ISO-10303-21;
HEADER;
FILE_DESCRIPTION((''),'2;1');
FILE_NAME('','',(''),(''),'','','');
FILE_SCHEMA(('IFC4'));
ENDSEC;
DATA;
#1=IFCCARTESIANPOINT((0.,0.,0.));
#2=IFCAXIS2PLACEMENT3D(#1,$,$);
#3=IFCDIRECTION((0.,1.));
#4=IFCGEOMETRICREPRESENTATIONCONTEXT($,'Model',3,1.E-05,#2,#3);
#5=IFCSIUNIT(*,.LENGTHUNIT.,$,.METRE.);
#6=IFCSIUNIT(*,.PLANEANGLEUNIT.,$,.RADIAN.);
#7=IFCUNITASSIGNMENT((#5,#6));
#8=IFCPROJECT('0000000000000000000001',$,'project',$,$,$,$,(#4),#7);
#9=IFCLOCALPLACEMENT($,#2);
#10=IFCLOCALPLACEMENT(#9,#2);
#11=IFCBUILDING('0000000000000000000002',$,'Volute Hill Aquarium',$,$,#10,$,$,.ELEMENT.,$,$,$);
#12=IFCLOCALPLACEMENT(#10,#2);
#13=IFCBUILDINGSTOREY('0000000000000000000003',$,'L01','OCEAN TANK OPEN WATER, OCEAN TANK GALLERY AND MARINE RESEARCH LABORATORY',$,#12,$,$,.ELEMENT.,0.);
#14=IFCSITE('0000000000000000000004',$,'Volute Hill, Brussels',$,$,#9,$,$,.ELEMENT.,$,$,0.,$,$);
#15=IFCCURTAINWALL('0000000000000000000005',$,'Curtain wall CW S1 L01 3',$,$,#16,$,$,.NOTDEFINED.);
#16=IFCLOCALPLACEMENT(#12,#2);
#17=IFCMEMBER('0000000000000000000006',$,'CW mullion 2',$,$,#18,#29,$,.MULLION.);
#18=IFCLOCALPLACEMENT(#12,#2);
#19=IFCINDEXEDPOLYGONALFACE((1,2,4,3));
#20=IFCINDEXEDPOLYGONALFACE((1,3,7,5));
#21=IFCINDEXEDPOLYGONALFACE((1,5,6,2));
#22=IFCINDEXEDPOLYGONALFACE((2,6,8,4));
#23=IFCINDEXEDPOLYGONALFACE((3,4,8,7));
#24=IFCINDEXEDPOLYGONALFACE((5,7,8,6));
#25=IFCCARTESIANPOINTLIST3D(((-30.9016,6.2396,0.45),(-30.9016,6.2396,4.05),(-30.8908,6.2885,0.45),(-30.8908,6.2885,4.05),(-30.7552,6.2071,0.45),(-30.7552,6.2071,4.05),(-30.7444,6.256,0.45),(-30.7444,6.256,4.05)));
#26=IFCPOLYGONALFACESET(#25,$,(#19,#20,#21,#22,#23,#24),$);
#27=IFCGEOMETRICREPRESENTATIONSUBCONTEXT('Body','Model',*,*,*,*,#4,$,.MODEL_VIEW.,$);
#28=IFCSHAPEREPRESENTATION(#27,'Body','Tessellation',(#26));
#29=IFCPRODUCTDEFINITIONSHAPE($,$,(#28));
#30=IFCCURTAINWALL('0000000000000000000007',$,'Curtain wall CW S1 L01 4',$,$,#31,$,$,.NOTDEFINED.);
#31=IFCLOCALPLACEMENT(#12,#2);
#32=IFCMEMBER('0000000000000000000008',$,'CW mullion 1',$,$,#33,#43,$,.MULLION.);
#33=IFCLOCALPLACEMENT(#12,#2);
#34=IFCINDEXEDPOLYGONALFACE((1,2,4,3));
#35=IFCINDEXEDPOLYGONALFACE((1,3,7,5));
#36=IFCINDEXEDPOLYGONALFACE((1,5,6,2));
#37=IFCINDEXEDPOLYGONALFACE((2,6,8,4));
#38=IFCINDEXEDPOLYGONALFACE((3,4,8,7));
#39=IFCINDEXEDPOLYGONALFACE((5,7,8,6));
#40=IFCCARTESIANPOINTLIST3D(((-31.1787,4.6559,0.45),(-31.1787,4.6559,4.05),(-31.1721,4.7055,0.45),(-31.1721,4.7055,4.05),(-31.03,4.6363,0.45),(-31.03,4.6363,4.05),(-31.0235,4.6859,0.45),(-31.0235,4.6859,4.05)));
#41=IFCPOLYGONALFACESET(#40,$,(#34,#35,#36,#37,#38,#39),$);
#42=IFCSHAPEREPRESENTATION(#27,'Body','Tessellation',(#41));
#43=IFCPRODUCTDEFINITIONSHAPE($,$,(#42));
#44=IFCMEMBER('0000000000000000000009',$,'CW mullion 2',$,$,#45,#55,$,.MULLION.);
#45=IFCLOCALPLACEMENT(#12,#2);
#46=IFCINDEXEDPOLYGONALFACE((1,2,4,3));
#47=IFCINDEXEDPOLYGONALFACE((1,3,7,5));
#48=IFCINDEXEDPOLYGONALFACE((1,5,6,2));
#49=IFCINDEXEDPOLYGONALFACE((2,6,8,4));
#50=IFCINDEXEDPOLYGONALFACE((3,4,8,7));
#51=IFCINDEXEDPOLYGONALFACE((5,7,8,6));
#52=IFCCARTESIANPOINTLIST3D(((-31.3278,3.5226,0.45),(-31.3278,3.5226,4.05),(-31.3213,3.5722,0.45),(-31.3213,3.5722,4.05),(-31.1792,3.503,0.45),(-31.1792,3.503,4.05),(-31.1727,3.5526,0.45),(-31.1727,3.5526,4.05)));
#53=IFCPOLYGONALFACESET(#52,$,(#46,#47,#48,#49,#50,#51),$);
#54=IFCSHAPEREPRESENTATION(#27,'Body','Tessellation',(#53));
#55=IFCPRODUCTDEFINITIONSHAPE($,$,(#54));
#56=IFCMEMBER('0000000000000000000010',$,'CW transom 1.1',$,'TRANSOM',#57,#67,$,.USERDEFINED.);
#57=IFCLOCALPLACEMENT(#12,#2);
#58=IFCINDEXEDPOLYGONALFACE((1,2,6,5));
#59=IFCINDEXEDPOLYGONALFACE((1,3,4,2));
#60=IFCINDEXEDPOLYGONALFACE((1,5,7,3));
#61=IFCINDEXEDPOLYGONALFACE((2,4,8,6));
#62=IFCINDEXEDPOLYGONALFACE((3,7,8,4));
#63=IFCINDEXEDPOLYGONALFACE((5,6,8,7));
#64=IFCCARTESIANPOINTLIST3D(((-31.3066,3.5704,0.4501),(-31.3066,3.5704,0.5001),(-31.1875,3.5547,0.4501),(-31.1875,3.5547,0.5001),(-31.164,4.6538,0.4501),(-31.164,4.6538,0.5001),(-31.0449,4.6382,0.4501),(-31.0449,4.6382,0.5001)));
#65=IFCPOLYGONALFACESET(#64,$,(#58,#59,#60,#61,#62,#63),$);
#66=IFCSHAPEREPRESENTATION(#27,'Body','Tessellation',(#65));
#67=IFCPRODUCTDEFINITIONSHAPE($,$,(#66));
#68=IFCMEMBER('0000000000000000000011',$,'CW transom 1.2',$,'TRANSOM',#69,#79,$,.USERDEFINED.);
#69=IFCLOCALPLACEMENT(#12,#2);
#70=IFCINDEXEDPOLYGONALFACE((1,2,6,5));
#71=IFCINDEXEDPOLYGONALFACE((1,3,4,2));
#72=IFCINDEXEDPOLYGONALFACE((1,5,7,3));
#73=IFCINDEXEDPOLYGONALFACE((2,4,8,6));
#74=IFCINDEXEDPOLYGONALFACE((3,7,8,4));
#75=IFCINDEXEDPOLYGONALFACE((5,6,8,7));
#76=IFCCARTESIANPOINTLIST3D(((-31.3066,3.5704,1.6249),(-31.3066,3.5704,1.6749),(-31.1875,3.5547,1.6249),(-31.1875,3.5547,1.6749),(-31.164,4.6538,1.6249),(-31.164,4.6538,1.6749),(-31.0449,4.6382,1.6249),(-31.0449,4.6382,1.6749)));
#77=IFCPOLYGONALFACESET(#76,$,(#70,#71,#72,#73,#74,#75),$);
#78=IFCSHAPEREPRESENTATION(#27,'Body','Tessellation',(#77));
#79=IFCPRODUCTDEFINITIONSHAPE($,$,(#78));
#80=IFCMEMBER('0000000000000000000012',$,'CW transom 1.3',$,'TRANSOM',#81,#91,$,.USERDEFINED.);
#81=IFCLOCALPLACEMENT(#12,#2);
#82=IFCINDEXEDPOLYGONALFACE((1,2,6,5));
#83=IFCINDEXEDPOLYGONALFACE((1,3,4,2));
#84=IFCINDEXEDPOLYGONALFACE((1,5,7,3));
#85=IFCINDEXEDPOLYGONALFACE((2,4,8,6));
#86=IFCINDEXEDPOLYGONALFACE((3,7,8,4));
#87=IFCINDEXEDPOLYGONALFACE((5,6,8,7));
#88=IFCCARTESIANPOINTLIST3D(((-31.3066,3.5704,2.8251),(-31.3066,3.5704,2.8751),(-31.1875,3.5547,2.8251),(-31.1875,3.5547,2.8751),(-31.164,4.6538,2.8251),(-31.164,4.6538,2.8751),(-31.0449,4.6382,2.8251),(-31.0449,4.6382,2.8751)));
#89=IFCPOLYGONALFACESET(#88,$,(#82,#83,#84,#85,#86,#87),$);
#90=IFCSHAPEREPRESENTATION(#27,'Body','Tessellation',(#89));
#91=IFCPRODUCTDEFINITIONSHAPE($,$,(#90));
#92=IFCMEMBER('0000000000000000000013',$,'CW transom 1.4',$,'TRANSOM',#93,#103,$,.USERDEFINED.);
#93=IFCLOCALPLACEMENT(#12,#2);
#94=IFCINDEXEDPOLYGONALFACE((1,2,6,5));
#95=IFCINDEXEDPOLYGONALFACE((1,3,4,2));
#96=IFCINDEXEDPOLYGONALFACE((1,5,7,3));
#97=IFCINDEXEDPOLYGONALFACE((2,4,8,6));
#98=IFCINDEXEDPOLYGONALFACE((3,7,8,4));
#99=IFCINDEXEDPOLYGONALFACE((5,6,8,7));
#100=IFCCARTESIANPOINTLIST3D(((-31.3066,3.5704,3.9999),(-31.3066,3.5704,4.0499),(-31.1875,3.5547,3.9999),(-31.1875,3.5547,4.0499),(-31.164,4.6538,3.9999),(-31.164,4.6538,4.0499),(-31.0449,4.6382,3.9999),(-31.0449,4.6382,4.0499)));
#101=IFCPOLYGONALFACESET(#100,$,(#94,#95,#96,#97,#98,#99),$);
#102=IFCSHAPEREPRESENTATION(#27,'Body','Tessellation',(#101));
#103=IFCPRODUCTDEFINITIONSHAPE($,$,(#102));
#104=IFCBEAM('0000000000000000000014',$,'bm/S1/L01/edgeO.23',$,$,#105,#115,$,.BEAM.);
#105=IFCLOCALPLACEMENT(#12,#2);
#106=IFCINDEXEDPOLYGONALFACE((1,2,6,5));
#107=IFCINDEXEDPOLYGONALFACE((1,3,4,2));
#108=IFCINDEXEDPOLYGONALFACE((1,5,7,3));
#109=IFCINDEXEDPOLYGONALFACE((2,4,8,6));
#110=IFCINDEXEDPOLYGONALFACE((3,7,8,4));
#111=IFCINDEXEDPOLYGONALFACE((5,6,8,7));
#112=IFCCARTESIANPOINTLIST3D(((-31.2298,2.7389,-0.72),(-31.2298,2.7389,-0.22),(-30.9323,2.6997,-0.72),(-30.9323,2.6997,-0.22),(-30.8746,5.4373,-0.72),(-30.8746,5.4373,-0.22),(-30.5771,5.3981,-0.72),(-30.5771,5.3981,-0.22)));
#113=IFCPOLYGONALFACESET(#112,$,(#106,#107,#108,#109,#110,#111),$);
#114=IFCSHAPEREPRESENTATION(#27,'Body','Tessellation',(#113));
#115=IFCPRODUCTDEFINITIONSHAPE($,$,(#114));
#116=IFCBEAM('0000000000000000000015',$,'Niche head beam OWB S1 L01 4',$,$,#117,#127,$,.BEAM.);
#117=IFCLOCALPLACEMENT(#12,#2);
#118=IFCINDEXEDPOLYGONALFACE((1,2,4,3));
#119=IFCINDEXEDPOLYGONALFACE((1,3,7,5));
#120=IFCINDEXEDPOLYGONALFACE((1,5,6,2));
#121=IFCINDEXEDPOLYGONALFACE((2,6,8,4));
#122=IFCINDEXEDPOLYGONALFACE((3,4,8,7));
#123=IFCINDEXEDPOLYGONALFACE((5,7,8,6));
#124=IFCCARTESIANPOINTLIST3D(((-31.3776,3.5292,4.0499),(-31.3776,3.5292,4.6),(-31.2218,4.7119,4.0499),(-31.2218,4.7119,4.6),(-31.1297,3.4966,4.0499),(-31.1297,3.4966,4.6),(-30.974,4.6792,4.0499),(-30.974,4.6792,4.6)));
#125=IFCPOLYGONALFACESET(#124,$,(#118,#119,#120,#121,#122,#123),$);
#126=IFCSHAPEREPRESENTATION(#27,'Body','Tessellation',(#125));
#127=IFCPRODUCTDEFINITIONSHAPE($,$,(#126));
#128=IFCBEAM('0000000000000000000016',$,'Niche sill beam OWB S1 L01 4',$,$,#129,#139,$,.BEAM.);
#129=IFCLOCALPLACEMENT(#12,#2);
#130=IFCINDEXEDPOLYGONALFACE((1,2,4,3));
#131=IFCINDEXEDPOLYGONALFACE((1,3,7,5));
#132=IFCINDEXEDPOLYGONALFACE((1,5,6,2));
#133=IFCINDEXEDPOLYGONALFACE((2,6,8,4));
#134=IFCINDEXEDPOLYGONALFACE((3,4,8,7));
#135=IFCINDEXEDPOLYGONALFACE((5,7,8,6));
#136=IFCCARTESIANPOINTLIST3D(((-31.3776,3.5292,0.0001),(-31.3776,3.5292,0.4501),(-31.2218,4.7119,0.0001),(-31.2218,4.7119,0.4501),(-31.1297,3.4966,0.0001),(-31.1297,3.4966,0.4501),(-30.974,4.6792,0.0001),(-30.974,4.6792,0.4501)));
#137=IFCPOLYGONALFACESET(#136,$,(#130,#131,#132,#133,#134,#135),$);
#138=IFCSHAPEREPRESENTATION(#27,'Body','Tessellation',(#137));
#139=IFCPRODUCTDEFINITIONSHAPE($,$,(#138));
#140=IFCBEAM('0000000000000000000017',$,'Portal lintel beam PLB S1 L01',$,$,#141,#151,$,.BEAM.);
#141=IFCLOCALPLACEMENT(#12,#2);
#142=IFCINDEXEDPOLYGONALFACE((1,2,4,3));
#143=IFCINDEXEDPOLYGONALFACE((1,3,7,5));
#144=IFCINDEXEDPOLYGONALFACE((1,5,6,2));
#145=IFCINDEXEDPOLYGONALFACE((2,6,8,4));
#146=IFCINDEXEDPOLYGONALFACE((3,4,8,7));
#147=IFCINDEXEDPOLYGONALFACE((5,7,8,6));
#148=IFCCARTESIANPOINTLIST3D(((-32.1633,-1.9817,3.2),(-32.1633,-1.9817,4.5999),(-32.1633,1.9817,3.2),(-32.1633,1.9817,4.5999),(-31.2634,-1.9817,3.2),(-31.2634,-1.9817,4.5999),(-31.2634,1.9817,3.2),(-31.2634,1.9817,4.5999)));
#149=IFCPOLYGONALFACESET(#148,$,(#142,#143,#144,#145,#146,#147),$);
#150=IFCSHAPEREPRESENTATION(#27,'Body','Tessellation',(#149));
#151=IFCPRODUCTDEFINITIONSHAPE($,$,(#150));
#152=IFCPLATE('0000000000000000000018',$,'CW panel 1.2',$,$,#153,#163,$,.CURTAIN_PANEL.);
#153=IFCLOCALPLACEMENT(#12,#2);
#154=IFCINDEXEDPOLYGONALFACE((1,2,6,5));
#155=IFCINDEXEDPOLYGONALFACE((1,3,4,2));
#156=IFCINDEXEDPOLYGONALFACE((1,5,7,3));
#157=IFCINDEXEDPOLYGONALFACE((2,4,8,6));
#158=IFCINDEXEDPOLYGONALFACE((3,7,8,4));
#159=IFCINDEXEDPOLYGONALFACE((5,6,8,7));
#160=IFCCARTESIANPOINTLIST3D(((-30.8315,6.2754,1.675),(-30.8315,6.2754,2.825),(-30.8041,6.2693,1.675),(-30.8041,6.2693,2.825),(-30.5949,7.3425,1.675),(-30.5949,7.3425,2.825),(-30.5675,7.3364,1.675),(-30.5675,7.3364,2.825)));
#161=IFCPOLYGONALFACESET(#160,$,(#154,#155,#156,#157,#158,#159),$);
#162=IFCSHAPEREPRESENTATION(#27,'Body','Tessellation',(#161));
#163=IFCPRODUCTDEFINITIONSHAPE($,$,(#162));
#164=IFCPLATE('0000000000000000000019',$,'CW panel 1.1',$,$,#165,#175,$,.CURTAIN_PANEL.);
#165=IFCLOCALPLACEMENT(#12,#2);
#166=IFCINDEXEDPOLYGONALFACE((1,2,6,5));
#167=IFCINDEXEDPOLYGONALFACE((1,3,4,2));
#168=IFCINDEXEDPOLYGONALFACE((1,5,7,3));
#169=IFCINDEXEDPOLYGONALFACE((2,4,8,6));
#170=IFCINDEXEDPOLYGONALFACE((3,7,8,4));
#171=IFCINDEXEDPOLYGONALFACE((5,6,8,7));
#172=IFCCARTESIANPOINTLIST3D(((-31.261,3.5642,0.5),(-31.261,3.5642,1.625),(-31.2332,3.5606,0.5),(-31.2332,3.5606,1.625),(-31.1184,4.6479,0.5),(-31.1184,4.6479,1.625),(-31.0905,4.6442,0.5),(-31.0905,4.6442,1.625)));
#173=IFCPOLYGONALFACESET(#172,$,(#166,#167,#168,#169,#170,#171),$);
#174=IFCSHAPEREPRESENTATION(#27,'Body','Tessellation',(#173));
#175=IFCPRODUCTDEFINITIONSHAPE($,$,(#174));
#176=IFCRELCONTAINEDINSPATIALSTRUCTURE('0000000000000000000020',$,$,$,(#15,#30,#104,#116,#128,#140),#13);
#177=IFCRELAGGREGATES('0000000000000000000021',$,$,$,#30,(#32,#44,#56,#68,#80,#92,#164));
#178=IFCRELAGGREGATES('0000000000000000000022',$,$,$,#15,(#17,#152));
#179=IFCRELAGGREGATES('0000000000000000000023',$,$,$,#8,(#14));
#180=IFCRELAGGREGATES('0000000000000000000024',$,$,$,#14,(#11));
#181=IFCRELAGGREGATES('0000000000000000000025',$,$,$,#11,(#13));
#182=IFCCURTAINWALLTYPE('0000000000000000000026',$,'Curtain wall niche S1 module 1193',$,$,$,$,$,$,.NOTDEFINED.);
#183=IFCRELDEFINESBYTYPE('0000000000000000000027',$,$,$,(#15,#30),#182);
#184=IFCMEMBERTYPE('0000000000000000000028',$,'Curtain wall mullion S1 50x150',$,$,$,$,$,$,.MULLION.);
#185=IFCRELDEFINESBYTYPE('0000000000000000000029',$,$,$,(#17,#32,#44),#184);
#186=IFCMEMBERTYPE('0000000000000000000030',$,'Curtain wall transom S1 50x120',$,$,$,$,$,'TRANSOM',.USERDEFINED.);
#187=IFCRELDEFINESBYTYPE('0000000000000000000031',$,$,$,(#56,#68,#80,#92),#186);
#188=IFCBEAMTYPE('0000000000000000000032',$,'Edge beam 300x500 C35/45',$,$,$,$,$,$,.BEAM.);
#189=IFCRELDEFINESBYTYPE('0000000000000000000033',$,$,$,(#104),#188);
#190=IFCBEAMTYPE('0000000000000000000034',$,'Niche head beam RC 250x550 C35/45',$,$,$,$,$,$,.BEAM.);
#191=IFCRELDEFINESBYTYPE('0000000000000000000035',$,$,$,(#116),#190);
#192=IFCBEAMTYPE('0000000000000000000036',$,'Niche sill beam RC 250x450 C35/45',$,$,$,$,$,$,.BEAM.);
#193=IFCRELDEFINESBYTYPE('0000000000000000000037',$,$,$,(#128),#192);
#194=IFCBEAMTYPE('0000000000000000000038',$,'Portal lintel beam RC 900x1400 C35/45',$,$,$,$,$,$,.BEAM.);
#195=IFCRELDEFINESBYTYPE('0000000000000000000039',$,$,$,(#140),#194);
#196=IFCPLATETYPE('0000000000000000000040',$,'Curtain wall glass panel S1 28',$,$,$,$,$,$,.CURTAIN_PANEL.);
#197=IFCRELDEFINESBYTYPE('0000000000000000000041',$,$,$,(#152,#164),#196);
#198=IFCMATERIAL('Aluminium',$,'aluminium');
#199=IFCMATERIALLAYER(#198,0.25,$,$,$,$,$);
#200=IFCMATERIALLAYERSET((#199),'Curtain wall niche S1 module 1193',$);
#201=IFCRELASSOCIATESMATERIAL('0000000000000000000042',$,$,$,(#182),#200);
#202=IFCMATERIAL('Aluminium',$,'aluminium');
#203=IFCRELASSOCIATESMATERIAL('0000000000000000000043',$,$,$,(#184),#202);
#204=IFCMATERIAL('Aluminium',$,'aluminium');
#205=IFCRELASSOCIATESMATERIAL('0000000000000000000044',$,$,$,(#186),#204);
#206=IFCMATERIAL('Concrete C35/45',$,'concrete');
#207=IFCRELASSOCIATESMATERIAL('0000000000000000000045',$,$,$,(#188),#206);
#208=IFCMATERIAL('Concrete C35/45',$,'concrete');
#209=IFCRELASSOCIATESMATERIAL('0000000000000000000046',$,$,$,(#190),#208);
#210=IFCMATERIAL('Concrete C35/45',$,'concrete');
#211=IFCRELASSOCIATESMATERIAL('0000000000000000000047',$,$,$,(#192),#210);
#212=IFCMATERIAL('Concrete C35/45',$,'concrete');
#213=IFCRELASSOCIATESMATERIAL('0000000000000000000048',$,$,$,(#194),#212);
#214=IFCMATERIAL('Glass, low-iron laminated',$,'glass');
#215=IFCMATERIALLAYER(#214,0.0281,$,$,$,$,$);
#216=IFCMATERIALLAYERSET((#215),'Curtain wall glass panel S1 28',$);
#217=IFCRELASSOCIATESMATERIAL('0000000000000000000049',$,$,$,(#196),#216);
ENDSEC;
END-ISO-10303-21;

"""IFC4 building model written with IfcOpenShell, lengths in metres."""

from ifc_helpers import new_model, si_unit, direction, frame, origin, origin_2d, place, context, subcontext, project, spatial, rectangle, extrude, material, layer, layer_set, material_profile, profile_set, type_object, element, aggregate, save


model = new_model("IFC4")

# Units and contexts
model_context = context("Model", 3, precision=1e-05, world=origin(), true_north=direction((0.0, 1.0)))
body_context = subcontext(model_context, "Body", "Model", "MODEL_VIEW")
ifc_project = project(units=[si_unit("LENGTHUNIT", "METRE"), si_unit("PLANEANGLEUNIT", "RADIAN")], contexts=[model_context])

# Site, building, storey
site_placement = place(None, origin())
site = spatial("IfcSite", under=ifc_project, at=site_placement, Name="Volute Hill, Brussels", CompositionType="ELEMENT", RefElevation=0.0)
building_placement = place(site_placement, origin())
building = spatial("IfcBuilding", under=site, at=building_placement, Name="Volute Hill Aquarium", CompositionType="ELEMENT")
storey_placement = place(building_placement, origin())
storey = spatial("IfcBuildingStorey", under=building, at=storey_placement, Name="L01", Description="OCEAN TANK OPEN WATER, OCEAN TANK GALLERY AND MARINE RESEARCH LABORATORY", CompositionType="ELEMENT", Elevation=0.0)

# Curtain wall, member
ifc_material_1 = material(Name="Aluminium", Category="aluminium")
ifc_layer_1 = layer(ifc_material_1, 0.25)
ifc_layer_set_1 = layer_set([ifc_layer_1], Name="Curtain wall niche S1 module 1193")
curtain_wall_type = type_object("IfcCurtainWallType", Name="Curtain wall niche S1 module 1193", PredefinedType="NOTDEFINED", material=ifc_layer_set_1)
curtain_wall_1_placement = place(storey_placement, origin())
curtain_wall_1 = element("IfcCurtainWall", 1, at=curtain_wall_1_placement, inside=storey, type_object=curtain_wall_type, Name="Curtain wall CW S1 L01 3", PredefinedType="NOTDEFINED")
ifc_material_2 = material(Name="Aluminium", Category="aluminium")
ifc_material_profile_1 = material_profile(ifc_material_2, rectangle(XDim=0.1499, YDim=0.05, at=origin_2d()), Name="Curtain wall mullion S1 50x150")
ifc_profile_set_1 = profile_set([ifc_material_profile_1], Name="Aluminium")
member_type_1 = type_object("IfcMemberType", Name="Curtain wall mullion S1 50x150", PredefinedType="MULLION", material=ifc_profile_set_1)
member_1_placement = place(storey_placement, frame((-30.823, 6.2478, 0.45), z_axis=(0.0, 0.0, 1.0), x_axis=(0.976292, -0.216458, 0.0)))
member_1 = element("IfcMember", 2, at=member_1_placement, type_object=member_type_1, Name="CW mullion 2", PredefinedType="MULLION", context=body_context, shape_type="SweptSolid", body=[
    extrude(rectangle(XDim=0.1499, YDim=0.05, at=origin_2d()), origin(), (0.0, 0.0, 1.0), 3.6001),
])

# Curtain wall, members
curtain_wall_2_placement = place(storey_placement, origin())
curtain_wall_2 = element("IfcCurtainWall", 3, at=curtain_wall_2_placement, inside=storey, type_object=curtain_wall_type, Name="Curtain wall CW S1 L01 4", PredefinedType="NOTDEFINED")
member_2_placement = place(storey_placement, frame((-31.1011, 4.6709, 0.45), z_axis=(0.0, 0.0, 1.0), x_axis=(0.991444, -0.130532, 0.0)))
member_2 = element("IfcMember", 4, at=member_2_placement, type_object=member_type_1, Name="CW mullion 1", PredefinedType="MULLION", context=body_context, shape_type="SweptSolid", body=[
    extrude(rectangle(XDim=0.1499, YDim=0.05, at=origin_2d()), origin(), (0.0, 0.0, 1.0), 3.6001),
])
member_3_placement = place(storey_placement, frame((-31.2502, 3.5376, 0.45), z_axis=(0.0, 0.0, 1.0), x_axis=(0.991444, -0.130532, 0.0)))
member_3 = element("IfcMember", 5, at=member_3_placement, type_object=member_type_1, Name="CW mullion 2", PredefinedType="MULLION", context=body_context, shape_type="SweptSolid", body=[
    extrude(rectangle(XDim=0.1499, YDim=0.05, at=origin_2d()), origin(), (0.0, 0.0, 1.0), 3.6001),
])
ifc_material_3 = material(Name="Aluminium", Category="aluminium")
ifc_material_profile_2 = material_profile(ifc_material_3, rectangle(XDim=0.1201, YDim=0.05, at=origin_2d()), Name="Curtain wall transom S1 50x120")
ifc_profile_set_2 = profile_set([ifc_material_profile_2], Name="Aluminium")
member_type_2 = type_object("IfcMemberType", Name="Curtain wall transom S1 50x120", ElementType="TRANSOM", PredefinedType="USERDEFINED", material=ifc_profile_set_2)
member_4_placement = place(storey_placement, frame((-31.1045, 4.646, 0.4751), z_axis=(-0.130466, -0.991453, 0.0), x_axis=(0.991453, -0.130466, 0.0)))
member_4 = element("IfcMember", 6, at=member_4_placement, type_object=member_type_2, Name="CW transom 1.1", ObjectType="TRANSOM", PredefinedType="USERDEFINED", context=body_context, shape_type="SweptSolid", body=[
    extrude(rectangle(XDim=0.1201, YDim=0.05, at=origin_2d()), origin(), (0.0, 0.0, 1.0), 1.0928),
])
member_5_placement = place(storey_placement, frame((-31.1045, 4.646, 1.6499), z_axis=(-0.130466, -0.991453, 0.0), x_axis=(0.991453, -0.130466, 0.0)))
member_5 = element("IfcMember", 7, at=member_5_placement, type_object=member_type_2, Name="CW transom 1.2", ObjectType="TRANSOM", PredefinedType="USERDEFINED", context=body_context, shape_type="SweptSolid", body=[
    extrude(rectangle(XDim=0.1201, YDim=0.05, at=origin_2d()), origin(), (0.0, 0.0, 1.0), 1.0928),
])
member_6_placement = place(storey_placement, frame((-31.1045, 4.646, 2.8501), z_axis=(-0.130466, -0.991453, 0.0), x_axis=(0.991453, -0.130466, 0.0)))
member_6 = element("IfcMember", 8, at=member_6_placement, type_object=member_type_2, Name="CW transom 1.3", ObjectType="TRANSOM", PredefinedType="USERDEFINED", context=body_context, shape_type="SweptSolid", body=[
    extrude(rectangle(XDim=0.1201, YDim=0.05, at=origin_2d()), origin(), (0.0, 0.0, 1.0), 1.0928),
])
member_7_placement = place(storey_placement, frame((-31.1045, 4.646, 4.0249), z_axis=(-0.130466, -0.991453, 0.0), x_axis=(0.991453, -0.130466, 0.0)))
member_7 = element("IfcMember", 9, at=member_7_placement, type_object=member_type_2, Name="CW transom 1.4", ObjectType="TRANSOM", PredefinedType="USERDEFINED", context=body_context, shape_type="SweptSolid", body=[
    extrude(rectangle(XDim=0.1201, YDim=0.05, at=origin_2d()), origin(), (0.0, 0.0, 1.0), 1.0928),
])

# Beams
ifc_material_4 = material(Name="Concrete C35/45", Category="concrete")
ifc_material_profile_3 = material_profile(ifc_material_4, rectangle(XDim=0.3, YDim=0.5, at=origin_2d()), Name="RC edge beam 300x500")
ifc_profile_set_3 = profile_set([ifc_material_profile_3], Name="Concrete C35/45")
beam_type_1 = type_object("IfcBeamType", Name="Edge beam 300x500 C35/45", PredefinedType="BEAM", material=ifc_profile_set_3)
beam_1_placement = place(storey_placement, frame((-30.7258, 5.4177, -0.47), z_axis=(-0.130513, -0.991447, 0.0), x_axis=(0.991447, -0.130513, 0.0)))
element("IfcBeam", 10, at=beam_1_placement, inside=storey, type_object=beam_type_1, Name="bm/S1/L01/edgeO.23", PredefinedType="BEAM", context=body_context, shape_type="SweptSolid", body=[
    extrude(rectangle(XDim=0.3, YDim=0.5, at=origin_2d()), origin(), (0.0, 0.0, 1.0), 2.7217),
])
ifc_material_5 = material(Name="Concrete C35/45", Category="concrete")
ifc_material_profile_4 = material_profile(ifc_material_5, rectangle(XDim=0.25, YDim=0.55, at=origin_2d()), Name="RC beam 250x550")
ifc_profile_set_4 = profile_set([ifc_material_profile_4], Name="Concrete C35/45")
beam_type_2 = type_object("IfcBeamType", Name="Niche head beam RC 250x550 C35/45", PredefinedType="BEAM", material=ifc_profile_set_4)
beam_2_placement = place(storey_placement, frame((-31.0979, 4.6956, 4.325), z_axis=(-0.130582, -0.991438, 0.0), x_axis=(0.991438, -0.130582, 0.0)))
element("IfcBeam", 11, at=beam_2_placement, inside=storey, type_object=beam_type_2, Name="Niche head beam OWB S1 L01 4", PredefinedType="BEAM", context=body_context, shape_type="SweptSolid", body=[
    extrude(rectangle(XDim=0.25, YDim=0.55, at=origin_2d()), origin(), (0.0, 0.0, 1.0), 1.1929),
])
ifc_material_6 = material(Name="Concrete C35/45", Category="concrete")
ifc_material_profile_5 = material_profile(ifc_material_6, rectangle(XDim=0.25, YDim=0.45, at=origin_2d()), Name="RC beam 250x450")
ifc_profile_set_5 = profile_set([ifc_material_profile_5], Name="Concrete C35/45")
beam_type_3 = type_object("IfcBeamType", Name="Niche sill beam RC 250x450 C35/45", PredefinedType="BEAM", material=ifc_profile_set_5)
beam_3_placement = place(storey_placement, frame((-31.0979, 4.6956, 0.2251), z_axis=(-0.130582, -0.991438, 0.0), x_axis=(0.991438, -0.130582, 0.0)))
element("IfcBeam", 12, at=beam_3_placement, inside=storey, type_object=beam_type_3, Name="Niche sill beam OWB S1 L01 4", PredefinedType="BEAM", context=body_context, shape_type="SweptSolid", body=[
    extrude(rectangle(XDim=0.25, YDim=0.45, at=origin_2d()), origin(), (0.0, 0.0, 1.0), 1.1929),
])
ifc_material_7 = material(Name="Concrete C35/45", Category="concrete")
ifc_material_profile_6 = material_profile(ifc_material_7, rectangle(XDim=0.8999, YDim=1.3999, at=origin_2d()), Name="RC beam 900x1400")
ifc_profile_set_6 = profile_set([ifc_material_profile_6], Name="Concrete C35/45")
beam_type_4 = type_object("IfcBeamType", Name="Portal lintel beam RC 900x1400 C35/45", PredefinedType="BEAM", material=ifc_profile_set_6)
beam_4_placement = place(storey_placement, frame((-31.7134, 1.9817, 3.8999), z_axis=(0.0, -1.0, 0.0), x_axis=(1.0, 0.0, 0.0)))
element("IfcBeam", 13, at=beam_4_placement, inside=storey, type_object=beam_type_4, Name="Portal lintel beam PLB S1 L01", PredefinedType="BEAM", context=body_context, shape_type="SweptSolid", body=[
    extrude(rectangle(XDim=0.8999, YDim=1.3999, at=origin_2d()), origin(), (0.0, 0.0, 1.0), 3.9634),
])

# Plates
ifc_material_8 = material(Name="Glass, low-iron laminated", Category="glass")
ifc_layer_2 = layer(ifc_material_8, 0.0281)
ifc_layer_set_2 = layer_set([ifc_layer_2], Name="Curtain wall glass panel S1 28")
plate_type_1 = type_object("IfcPlateType", Name="Curtain wall glass panel S1 28", PredefinedType="CURTAIN_PANEL", material=ifc_layer_set_2)
plate_1_placement = place(storey_placement, frame((-30.6995, 6.8059, 1.675), z_axis=(0.0, 0.0, 1.0), x_axis=(-0.216458, -0.976292, 0.0)))
plate_1 = element("IfcPlate", 14, at=plate_1_placement, type_object=plate_type_1, Name="CW panel 1.2", PredefinedType="CURTAIN_PANEL", context=body_context, shape_type="SweptSolid", body=[
    extrude(rectangle(XDim=1.093, YDim=0.0281, at=origin_2d()), origin(), (0.0, 0.0, 1.0), 1.1499),
])
plate_2_placement = place(storey_placement, frame((-31.1758, 4.1042, 0.5), z_axis=(0.0, 0.0, 1.0), x_axis=(-0.130532, -0.991444, 0.0)))
plate_2 = element("IfcPlate", 15, at=plate_2_placement, type_object=plate_type_1, Name="CW panel 1.1", PredefinedType="CURTAIN_PANEL", context=body_context, shape_type="SweptSolid", body=[
    extrude(rectangle(XDim=1.093, YDim=0.0281, at=origin_2d()), origin(), (0.0, 0.0, 1.0), 1.125),
])
aggregate(curtain_wall_2, [member_2, member_3, member_4, member_5, member_6, member_7, plate_2])
aggregate(curtain_wall_1, [member_1, plate_1])

save(model, "model.ifc")
